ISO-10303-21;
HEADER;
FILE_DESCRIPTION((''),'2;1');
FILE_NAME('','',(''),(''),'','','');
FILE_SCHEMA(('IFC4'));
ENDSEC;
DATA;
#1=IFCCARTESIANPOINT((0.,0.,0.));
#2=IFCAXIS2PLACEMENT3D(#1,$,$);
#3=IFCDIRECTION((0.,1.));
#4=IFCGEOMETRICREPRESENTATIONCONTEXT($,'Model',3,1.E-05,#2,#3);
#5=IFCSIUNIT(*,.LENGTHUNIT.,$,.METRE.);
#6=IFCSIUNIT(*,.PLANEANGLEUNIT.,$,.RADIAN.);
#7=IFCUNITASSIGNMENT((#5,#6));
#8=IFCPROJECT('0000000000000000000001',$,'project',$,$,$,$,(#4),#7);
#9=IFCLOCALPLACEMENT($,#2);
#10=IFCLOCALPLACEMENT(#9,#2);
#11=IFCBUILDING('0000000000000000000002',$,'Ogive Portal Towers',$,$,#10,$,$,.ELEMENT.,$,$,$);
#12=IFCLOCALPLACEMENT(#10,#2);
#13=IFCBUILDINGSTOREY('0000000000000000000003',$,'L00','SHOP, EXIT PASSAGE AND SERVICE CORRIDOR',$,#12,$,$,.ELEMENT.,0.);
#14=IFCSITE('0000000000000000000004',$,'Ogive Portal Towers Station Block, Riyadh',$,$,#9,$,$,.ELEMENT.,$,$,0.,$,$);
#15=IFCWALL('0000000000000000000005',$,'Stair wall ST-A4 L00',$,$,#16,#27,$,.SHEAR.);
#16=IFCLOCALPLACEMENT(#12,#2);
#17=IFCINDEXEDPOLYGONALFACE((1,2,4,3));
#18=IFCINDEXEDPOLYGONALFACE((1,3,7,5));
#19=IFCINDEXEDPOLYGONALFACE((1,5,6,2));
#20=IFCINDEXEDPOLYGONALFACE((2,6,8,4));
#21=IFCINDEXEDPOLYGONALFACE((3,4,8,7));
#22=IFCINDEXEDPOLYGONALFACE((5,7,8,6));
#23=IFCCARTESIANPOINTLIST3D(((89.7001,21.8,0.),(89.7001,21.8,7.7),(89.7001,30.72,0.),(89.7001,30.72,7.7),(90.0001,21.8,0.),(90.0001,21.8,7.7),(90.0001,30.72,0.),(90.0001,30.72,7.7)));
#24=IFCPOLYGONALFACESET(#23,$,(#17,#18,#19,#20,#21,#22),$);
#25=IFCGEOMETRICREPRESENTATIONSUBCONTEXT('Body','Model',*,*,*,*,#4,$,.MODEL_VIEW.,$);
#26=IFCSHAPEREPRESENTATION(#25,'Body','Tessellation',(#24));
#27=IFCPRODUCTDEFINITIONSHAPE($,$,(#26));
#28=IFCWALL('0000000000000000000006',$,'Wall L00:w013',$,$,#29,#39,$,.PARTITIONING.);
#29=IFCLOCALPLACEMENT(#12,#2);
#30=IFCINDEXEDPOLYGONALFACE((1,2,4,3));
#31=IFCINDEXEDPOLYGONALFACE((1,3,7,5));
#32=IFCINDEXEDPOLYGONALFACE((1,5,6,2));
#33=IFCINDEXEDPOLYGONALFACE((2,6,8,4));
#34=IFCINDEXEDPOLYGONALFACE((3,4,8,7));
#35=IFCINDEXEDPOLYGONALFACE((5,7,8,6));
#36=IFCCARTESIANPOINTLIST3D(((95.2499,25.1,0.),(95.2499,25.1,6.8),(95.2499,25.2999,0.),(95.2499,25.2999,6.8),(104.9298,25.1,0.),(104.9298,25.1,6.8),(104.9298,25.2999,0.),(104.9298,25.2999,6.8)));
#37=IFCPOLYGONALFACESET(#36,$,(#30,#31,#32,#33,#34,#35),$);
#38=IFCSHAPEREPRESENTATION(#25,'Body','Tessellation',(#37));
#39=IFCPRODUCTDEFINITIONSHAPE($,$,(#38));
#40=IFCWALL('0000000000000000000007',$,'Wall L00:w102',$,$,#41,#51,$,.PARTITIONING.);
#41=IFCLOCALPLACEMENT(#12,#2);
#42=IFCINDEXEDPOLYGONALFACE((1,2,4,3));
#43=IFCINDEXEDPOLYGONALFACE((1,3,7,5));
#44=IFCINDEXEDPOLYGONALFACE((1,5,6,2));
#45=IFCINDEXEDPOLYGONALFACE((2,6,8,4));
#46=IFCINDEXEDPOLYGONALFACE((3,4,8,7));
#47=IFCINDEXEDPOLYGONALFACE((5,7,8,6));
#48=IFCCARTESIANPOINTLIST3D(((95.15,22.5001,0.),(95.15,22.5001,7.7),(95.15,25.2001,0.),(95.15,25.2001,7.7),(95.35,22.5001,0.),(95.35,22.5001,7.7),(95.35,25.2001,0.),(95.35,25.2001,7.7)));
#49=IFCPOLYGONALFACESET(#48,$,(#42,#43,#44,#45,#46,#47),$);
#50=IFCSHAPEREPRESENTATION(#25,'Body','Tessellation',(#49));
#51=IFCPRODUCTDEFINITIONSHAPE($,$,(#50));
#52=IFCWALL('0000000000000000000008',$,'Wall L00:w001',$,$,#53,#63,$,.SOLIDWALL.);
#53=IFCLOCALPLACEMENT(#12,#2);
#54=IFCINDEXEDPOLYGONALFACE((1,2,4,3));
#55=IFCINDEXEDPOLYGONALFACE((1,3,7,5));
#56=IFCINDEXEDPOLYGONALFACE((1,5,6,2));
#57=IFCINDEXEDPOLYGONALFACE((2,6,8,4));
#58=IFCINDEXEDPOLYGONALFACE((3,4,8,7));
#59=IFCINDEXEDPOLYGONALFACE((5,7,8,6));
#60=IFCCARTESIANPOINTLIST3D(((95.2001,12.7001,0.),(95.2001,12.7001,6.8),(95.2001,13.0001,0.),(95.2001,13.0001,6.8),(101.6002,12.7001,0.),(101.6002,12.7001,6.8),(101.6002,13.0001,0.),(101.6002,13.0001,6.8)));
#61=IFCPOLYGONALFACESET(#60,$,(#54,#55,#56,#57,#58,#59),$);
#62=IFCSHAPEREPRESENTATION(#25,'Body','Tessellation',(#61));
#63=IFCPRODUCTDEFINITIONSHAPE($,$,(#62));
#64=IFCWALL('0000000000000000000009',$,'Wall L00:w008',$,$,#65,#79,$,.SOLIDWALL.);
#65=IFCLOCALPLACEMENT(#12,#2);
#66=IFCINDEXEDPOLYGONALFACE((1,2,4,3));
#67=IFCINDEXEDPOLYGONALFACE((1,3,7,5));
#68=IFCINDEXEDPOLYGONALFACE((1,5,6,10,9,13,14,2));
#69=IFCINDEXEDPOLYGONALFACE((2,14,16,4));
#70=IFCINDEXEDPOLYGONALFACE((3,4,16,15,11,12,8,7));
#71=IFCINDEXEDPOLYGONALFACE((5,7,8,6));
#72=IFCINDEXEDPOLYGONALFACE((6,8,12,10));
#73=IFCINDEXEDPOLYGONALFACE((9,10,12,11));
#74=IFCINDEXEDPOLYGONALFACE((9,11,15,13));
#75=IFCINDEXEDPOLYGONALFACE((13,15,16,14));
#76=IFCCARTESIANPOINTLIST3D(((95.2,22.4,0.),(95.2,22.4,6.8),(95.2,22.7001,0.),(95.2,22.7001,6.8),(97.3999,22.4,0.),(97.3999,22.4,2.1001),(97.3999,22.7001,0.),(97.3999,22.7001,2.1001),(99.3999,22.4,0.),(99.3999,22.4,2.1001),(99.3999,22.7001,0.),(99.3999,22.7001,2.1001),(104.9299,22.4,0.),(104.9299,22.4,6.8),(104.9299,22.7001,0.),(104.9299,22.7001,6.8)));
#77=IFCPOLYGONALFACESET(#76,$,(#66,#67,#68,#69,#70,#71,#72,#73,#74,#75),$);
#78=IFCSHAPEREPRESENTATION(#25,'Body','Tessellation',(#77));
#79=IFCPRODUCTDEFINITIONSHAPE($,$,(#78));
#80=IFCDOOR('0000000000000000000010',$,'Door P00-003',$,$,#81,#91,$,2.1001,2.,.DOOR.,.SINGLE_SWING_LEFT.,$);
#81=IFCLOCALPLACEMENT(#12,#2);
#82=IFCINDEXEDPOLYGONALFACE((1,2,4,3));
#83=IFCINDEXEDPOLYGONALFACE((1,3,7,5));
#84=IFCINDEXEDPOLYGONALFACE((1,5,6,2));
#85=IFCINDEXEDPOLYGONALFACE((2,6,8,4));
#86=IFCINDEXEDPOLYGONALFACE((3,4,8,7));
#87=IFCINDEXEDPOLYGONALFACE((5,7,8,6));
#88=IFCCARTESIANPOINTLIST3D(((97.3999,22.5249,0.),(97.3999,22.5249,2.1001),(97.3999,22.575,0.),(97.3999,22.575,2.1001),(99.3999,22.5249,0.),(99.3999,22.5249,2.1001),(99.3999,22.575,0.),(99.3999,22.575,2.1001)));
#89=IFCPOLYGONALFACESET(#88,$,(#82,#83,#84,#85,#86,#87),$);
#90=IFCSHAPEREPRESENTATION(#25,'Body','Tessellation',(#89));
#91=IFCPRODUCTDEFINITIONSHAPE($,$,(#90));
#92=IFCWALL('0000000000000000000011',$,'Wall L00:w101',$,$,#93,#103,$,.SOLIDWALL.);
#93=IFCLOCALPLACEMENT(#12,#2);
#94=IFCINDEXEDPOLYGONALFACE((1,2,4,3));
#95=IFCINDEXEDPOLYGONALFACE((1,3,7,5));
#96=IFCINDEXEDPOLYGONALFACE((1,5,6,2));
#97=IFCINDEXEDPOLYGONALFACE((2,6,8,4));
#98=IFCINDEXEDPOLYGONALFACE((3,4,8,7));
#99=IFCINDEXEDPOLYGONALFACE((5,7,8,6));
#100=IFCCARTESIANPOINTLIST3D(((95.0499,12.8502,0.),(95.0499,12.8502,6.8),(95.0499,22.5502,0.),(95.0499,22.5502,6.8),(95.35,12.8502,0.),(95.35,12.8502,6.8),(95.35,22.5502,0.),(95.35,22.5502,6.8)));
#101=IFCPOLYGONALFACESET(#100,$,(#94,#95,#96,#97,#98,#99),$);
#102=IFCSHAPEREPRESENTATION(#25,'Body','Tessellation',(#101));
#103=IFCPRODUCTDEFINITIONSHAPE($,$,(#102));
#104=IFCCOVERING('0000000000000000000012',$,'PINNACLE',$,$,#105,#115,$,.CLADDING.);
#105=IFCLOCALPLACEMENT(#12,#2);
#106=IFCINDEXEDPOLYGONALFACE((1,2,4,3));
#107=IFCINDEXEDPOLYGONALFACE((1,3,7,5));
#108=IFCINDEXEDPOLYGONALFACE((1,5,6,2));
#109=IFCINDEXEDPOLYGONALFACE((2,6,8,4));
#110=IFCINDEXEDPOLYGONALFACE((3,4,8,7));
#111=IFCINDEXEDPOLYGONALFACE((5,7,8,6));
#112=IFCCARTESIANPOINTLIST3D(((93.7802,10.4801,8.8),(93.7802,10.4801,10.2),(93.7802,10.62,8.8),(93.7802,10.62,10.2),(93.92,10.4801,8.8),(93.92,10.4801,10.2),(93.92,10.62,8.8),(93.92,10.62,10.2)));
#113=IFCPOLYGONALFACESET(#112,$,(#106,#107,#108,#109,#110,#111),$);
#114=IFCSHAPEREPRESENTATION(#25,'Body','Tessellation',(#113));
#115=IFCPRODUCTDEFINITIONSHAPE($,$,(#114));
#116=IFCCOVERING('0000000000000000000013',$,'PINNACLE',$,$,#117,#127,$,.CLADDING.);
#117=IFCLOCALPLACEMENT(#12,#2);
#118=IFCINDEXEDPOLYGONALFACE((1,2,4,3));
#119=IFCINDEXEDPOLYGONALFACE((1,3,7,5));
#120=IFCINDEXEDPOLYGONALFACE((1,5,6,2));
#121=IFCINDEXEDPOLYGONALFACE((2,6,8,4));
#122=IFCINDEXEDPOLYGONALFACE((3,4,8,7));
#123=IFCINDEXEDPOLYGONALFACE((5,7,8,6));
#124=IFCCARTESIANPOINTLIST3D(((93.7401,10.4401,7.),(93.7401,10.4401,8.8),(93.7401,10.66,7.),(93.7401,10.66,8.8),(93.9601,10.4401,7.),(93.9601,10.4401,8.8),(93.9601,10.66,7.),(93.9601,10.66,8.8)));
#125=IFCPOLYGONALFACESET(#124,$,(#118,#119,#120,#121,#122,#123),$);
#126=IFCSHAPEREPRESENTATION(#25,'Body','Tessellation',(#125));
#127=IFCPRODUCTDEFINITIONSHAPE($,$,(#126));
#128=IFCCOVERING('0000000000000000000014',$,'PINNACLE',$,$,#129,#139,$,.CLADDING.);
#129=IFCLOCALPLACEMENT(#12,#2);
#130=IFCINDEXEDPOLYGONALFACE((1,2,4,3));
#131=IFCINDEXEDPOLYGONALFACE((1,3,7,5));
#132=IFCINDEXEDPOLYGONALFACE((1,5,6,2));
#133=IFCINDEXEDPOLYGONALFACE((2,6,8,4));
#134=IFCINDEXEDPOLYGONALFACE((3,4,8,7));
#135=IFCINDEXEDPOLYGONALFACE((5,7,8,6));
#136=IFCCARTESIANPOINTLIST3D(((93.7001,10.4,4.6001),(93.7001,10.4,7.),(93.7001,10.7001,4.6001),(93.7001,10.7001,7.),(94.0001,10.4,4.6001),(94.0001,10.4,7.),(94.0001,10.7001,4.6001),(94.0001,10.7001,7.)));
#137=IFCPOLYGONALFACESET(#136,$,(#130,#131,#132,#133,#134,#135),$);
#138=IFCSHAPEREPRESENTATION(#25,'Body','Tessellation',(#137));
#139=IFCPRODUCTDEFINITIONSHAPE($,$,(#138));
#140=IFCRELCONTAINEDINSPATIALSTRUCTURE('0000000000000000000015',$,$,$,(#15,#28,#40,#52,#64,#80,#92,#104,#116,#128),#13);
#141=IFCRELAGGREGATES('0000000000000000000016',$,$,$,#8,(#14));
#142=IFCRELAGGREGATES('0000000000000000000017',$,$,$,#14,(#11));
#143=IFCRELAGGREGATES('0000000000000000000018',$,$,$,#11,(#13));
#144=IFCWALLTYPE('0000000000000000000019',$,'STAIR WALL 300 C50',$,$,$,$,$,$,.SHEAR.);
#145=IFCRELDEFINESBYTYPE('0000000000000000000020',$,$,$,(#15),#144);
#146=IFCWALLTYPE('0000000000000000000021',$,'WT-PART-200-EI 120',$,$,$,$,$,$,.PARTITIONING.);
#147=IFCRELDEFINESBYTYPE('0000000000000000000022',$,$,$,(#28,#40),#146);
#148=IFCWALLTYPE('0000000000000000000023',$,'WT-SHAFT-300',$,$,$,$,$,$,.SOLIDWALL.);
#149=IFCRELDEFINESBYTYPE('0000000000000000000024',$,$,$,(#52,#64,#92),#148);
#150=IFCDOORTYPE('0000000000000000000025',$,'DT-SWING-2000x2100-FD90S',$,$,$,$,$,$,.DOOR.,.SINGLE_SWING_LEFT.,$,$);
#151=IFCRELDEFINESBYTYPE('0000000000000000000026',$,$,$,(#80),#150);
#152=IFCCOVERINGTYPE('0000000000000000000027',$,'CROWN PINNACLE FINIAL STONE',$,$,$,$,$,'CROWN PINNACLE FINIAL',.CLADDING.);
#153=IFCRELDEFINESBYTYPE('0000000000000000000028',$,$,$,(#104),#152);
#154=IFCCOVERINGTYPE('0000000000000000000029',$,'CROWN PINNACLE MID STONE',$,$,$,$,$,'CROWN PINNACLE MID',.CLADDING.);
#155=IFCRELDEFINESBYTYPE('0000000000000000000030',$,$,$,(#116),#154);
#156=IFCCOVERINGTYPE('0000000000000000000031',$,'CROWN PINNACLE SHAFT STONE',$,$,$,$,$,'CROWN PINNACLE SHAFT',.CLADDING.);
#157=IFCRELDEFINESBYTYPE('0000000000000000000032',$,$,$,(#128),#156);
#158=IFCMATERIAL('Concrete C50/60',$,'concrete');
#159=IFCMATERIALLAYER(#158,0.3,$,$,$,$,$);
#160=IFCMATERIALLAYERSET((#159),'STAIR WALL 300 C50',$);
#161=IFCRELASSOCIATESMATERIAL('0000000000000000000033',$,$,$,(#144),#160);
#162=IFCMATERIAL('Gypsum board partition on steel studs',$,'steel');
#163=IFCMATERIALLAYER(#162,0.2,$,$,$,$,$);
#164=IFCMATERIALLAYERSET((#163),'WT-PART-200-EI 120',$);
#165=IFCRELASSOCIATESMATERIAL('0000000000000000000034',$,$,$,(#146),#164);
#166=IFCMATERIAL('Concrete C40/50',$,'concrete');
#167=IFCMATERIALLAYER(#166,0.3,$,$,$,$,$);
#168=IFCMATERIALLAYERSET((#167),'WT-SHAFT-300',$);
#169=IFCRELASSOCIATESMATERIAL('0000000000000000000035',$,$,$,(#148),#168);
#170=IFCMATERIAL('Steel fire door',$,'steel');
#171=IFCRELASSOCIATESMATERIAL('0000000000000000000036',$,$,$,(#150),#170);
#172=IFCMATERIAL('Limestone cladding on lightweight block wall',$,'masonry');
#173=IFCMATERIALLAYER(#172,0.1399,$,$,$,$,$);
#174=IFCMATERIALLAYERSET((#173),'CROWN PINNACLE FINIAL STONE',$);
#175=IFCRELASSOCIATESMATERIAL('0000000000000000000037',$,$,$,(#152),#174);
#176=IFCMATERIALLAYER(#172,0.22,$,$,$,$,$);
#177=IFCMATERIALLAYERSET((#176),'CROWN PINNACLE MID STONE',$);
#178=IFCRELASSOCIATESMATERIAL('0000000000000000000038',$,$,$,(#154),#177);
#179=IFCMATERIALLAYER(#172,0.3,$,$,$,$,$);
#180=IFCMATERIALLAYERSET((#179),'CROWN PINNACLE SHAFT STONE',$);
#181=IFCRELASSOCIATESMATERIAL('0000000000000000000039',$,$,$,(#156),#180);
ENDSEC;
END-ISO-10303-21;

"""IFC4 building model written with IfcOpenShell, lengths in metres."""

from ifc_helpers import new_model, si_unit, direction, frame, frame_2d, origin, origin_2d, place, context, subcontext, project, spatial, rectangle, extrude, material, layer, layer_set, type_object, element, fill, save


model = new_model("IFC4")

# Units and contexts
model_context = context("Model", 3, precision=1e-05, world=origin(), true_north=direction((0.0, 1.0)))
body_context = subcontext(model_context, "Body", "Model", "MODEL_VIEW")
ifc_project = project(units=[si_unit("LENGTHUNIT", "METRE"), si_unit("PLANEANGLEUNIT", "RADIAN")], contexts=[model_context])

# Site, building, storey
site_placement = place(None, origin())
site = spatial("IfcSite", under=ifc_project, at=site_placement, Name="Ogive Portal Towers Station Block, Riyadh", CompositionType="ELEMENT", RefElevation=0.0)
building_placement = place(site_placement, origin())
building = spatial("IfcBuilding", under=site, at=building_placement, Name="Ogive Portal Towers", CompositionType="ELEMENT")
storey_placement = place(building_placement, origin())
storey = spatial("IfcBuildingStorey", under=building, at=storey_placement, Name="L00", Description="SHOP, EXIT PASSAGE AND SERVICE CORRIDOR", CompositionType="ELEMENT", Elevation=0.0)

# Shared definitions
ifc_material_1 = material(Name="Concrete C50/60", Category="concrete")

# Shared definitions
ifc_material_2 = material(Name="Limestone cladding on lightweight block wall", Category="masonry")

# Walls
ifc_layer_1 = layer(ifc_material_1, 0.3)
ifc_layer_set_1 = layer_set([ifc_layer_1], Name="STAIR WALL 300 C50")
wall_type_1 = type_object("IfcWallType", Name="STAIR WALL 300 C50", PredefinedType="SHEAR", material=ifc_layer_set_1)
wall_1_placement = place(storey_placement, frame((89.8501, 21.8, 0.0), z_axis=(0.0, 0.0, 1.0), x_axis=(0.0, 1.0, 0.0)))
element("IfcWall", 1, at=wall_1_placement, inside=storey, type_object=wall_type_1, Name="Stair wall ST-A4 L00", PredefinedType="SHEAR", context=body_context, shape_type="SweptSolid", body=[
    extrude(rectangle(XDim=8.9199, YDim=0.3, at=frame_2d((4.46, 0.0))), origin(), (0.0, 0.0, 1.0), 7.7),
])
ifc_material_3 = material(Name="Gypsum board partition on steel studs", Category="steel")
ifc_layer_2 = layer(ifc_material_3, 0.2)
ifc_layer_set_2 = layer_set([ifc_layer_2], Name="WT-PART-200-EI 120")
wall_type_2 = type_object("IfcWallType", Name="WT-PART-200-EI 120", PredefinedType="PARTITIONING", material=ifc_layer_set_2)
wall_2_placement = place(storey_placement, frame((95.25, 25.2, 0.0), z_axis=(0.0, 0.0, 1.0), x_axis=(1.0, 0.0, 0.0)))
element("IfcWall", 2, at=wall_2_placement, inside=storey, type_object=wall_type_2, Name="Wall L00:w013", PredefinedType="PARTITIONING", context=body_context, shape_type="SweptSolid", body=[
    extrude(rectangle(XDim=9.6799, YDim=0.2, at=frame_2d((4.8398, 0.0))), origin(), (0.0, 0.0, 1.0), 6.8),
])
wall_3_placement = place(storey_placement, frame((95.25, 22.5, 0.0), z_axis=(0.0, 0.0, 1.0), x_axis=(0.0, 1.0, 0.0)))
element("IfcWall", 3, at=wall_3_placement, inside=storey, type_object=wall_type_2, Name="Wall L00:w102", PredefinedType="PARTITIONING", context=body_context, shape_type="SweptSolid", body=[
    extrude(rectangle(XDim=2.7, YDim=0.2, at=frame_2d((1.3501, 0.0))), origin(), (0.0, 0.0, 1.0), 7.7),
])
ifc_material_4 = material(Name="Concrete C40/50", Category="concrete")
ifc_layer_3 = layer(ifc_material_4, 0.3)
ifc_layer_set_3 = layer_set([ifc_layer_3], Name="WT-SHAFT-300")
wall_type_3 = type_object("IfcWallType", Name="WT-SHAFT-300", PredefinedType="SOLIDWALL", material=ifc_layer_set_3)
wall_4_placement = place(storey_placement, frame((95.2, 12.8501, 0.0), z_axis=(0.0, 0.0, 1.0), x_axis=(1.0, 0.0, 0.0)))
element("IfcWall", 4, at=wall_4_placement, inside=storey, type_object=wall_type_3, Name="Wall L00:w001", PredefinedType="SOLIDWALL", context=body_context, shape_type="SweptSolid", body=[
    extrude(rectangle(XDim=6.4001, YDim=0.3, at=frame_2d((3.2002, 0.0))), origin(), (0.0, 0.0, 1.0), 6.8),
])

# Wall, opening, door
wall_5_placement = place(storey_placement, frame((95.2, 22.55, 0.0), z_axis=(0.0, 0.0, 1.0), x_axis=(1.0, 0.0, 0.0)))
wall_5 = element("IfcWall", 5, at=wall_5_placement, inside=storey, type_object=wall_type_3, Name="Wall L00:w008", PredefinedType="SOLIDWALL", context=body_context, shape_type="SweptSolid", body=[
    extrude(rectangle(XDim=9.73, YDim=0.3, at=frame_2d((4.865, 0.0))), origin(), (0.0, 0.0, 1.0), 6.8),
])
opening_1_placement = place(wall_5_placement, frame((2.2, 0.0, 0.0)))
opening_1 = element("IfcOpeningElement", 6, at=opening_1_placement, cuts=wall_5, PredefinedType="OPENING", context=body_context, shape_type="SweptSolid", body=[
    extrude(rectangle(XDim=2.0, YDim=2.1001, at=frame_2d((1.0, 1.05))), frame((0.0, 0.1602, 0.0), z_axis=(0.0, -1.0, 0.0), x_axis=(1.0, 0.0, 0.0)), (0.0, 0.0, 1.0), 0.3201),
])
ifc_material_5 = material(Name="Steel fire door", Category="steel")
door_type_1 = type_object("IfcDoorType", Name="DT-SWING-2000x2100-FD90S", OperationType="SINGLE_SWING_LEFT", PredefinedType="DOOR", material=ifc_material_5)
door_1_placement = place(opening_1_placement, origin())
door_1 = element("IfcDoor", 7, at=door_1_placement, inside=storey, type_object=door_type_1, Name="Door P00-003", OperationType="SINGLE_SWING_LEFT", OverallHeight=2.1001, OverallWidth=2.0, PredefinedType="DOOR", context=body_context, shape_type="SweptSolid", body=[
    extrude(rectangle(XDim=2.0, YDim=2.1001, at=frame_2d((1.0, 1.05))), frame((0.0, 0.0249, 0.0), z_axis=(0.0, -1.0, 0.0), x_axis=(1.0, 0.0, 0.0)), (0.0, 0.0, 1.0), 0.05),
])
fill(opening_1, door_1)

# Wall
wall_6_placement = place(storey_placement, frame((95.2, 12.8501, 0.0), z_axis=(0.0, 0.0, 1.0), x_axis=(0.0, 1.0, 0.0)))
element("IfcWall", 8, at=wall_6_placement, inside=storey, type_object=wall_type_3, Name="Wall L00:w101", PredefinedType="SOLIDWALL", context=body_context, shape_type="SweptSolid", body=[
    extrude(rectangle(XDim=9.7, YDim=0.3, at=frame_2d((4.8501, 0.0))), origin(), (0.0, 0.0, 1.0), 6.8),
])

# Coverings
ifc_layer_4 = layer(ifc_material_2, 0.1399)
ifc_layer_set_4 = layer_set([ifc_layer_4], Name="CROWN PINNACLE FINIAL STONE")
covering_type_1 = type_object("IfcCoveringType", Name="CROWN PINNACLE FINIAL STONE", ElementType="CROWN PINNACLE FINIAL", PredefinedType="CLADDING", material=ifc_layer_set_4)
covering_1_placement = place(storey_placement, frame((93.8501, 10.55, 8.8), z_axis=(0.0, 0.0, 1.0), x_axis=(1.0, 0.0, 0.0)))
element("IfcCovering", 9, at=covering_1_placement, inside=storey, type_object=covering_type_1, Name="PINNACLE", PredefinedType="CLADDING", context=body_context, shape_type="SweptSolid", body=[
    extrude(rectangle(XDim=0.1399, YDim=0.1399, at=origin_2d()), origin(), (0.0, 0.0, 1.0), 1.3999),
])
ifc_layer_5 = layer(ifc_material_2, 0.22)
ifc_layer_set_5 = layer_set([ifc_layer_5], Name="CROWN PINNACLE MID STONE")
covering_type_2 = type_object("IfcCoveringType", Name="CROWN PINNACLE MID STONE", ElementType="CROWN PINNACLE MID", PredefinedType="CLADDING", material=ifc_layer_set_5)
covering_2_placement = place(storey_placement, frame((93.8501, 10.55, 7.0), z_axis=(0.0, 0.0, 1.0), x_axis=(1.0, 0.0, 0.0)))
element("IfcCovering", 10, at=covering_2_placement, inside=storey, type_object=covering_type_2, Name="PINNACLE", PredefinedType="CLADDING", context=body_context, shape_type="SweptSolid", body=[
    extrude(rectangle(XDim=0.22, YDim=0.22, at=origin_2d()), origin(), (0.0, 0.0, 1.0), 1.8),
])
ifc_layer_6 = layer(ifc_material_2, 0.3)
ifc_layer_set_6 = layer_set([ifc_layer_6], Name="CROWN PINNACLE SHAFT STONE")
covering_type_3 = type_object("IfcCoveringType", Name="CROWN PINNACLE SHAFT STONE", ElementType="CROWN PINNACLE SHAFT", PredefinedType="CLADDING", material=ifc_layer_set_6)
covering_3_placement = place(storey_placement, frame((93.8501, 10.55, 4.6001), z_axis=(0.0, 0.0, 1.0), x_axis=(1.0, 0.0, 0.0)))
element("IfcCovering", 11, at=covering_3_placement, inside=storey, type_object=covering_type_3, Name="PINNACLE", PredefinedType="CLADDING", context=body_context, shape_type="SweptSolid", body=[
    extrude(rectangle(XDim=0.3, YDim=0.3, at=origin_2d()), origin(), (0.0, 0.0, 1.0), 2.3999),
])

save(model, "model.ifc")
